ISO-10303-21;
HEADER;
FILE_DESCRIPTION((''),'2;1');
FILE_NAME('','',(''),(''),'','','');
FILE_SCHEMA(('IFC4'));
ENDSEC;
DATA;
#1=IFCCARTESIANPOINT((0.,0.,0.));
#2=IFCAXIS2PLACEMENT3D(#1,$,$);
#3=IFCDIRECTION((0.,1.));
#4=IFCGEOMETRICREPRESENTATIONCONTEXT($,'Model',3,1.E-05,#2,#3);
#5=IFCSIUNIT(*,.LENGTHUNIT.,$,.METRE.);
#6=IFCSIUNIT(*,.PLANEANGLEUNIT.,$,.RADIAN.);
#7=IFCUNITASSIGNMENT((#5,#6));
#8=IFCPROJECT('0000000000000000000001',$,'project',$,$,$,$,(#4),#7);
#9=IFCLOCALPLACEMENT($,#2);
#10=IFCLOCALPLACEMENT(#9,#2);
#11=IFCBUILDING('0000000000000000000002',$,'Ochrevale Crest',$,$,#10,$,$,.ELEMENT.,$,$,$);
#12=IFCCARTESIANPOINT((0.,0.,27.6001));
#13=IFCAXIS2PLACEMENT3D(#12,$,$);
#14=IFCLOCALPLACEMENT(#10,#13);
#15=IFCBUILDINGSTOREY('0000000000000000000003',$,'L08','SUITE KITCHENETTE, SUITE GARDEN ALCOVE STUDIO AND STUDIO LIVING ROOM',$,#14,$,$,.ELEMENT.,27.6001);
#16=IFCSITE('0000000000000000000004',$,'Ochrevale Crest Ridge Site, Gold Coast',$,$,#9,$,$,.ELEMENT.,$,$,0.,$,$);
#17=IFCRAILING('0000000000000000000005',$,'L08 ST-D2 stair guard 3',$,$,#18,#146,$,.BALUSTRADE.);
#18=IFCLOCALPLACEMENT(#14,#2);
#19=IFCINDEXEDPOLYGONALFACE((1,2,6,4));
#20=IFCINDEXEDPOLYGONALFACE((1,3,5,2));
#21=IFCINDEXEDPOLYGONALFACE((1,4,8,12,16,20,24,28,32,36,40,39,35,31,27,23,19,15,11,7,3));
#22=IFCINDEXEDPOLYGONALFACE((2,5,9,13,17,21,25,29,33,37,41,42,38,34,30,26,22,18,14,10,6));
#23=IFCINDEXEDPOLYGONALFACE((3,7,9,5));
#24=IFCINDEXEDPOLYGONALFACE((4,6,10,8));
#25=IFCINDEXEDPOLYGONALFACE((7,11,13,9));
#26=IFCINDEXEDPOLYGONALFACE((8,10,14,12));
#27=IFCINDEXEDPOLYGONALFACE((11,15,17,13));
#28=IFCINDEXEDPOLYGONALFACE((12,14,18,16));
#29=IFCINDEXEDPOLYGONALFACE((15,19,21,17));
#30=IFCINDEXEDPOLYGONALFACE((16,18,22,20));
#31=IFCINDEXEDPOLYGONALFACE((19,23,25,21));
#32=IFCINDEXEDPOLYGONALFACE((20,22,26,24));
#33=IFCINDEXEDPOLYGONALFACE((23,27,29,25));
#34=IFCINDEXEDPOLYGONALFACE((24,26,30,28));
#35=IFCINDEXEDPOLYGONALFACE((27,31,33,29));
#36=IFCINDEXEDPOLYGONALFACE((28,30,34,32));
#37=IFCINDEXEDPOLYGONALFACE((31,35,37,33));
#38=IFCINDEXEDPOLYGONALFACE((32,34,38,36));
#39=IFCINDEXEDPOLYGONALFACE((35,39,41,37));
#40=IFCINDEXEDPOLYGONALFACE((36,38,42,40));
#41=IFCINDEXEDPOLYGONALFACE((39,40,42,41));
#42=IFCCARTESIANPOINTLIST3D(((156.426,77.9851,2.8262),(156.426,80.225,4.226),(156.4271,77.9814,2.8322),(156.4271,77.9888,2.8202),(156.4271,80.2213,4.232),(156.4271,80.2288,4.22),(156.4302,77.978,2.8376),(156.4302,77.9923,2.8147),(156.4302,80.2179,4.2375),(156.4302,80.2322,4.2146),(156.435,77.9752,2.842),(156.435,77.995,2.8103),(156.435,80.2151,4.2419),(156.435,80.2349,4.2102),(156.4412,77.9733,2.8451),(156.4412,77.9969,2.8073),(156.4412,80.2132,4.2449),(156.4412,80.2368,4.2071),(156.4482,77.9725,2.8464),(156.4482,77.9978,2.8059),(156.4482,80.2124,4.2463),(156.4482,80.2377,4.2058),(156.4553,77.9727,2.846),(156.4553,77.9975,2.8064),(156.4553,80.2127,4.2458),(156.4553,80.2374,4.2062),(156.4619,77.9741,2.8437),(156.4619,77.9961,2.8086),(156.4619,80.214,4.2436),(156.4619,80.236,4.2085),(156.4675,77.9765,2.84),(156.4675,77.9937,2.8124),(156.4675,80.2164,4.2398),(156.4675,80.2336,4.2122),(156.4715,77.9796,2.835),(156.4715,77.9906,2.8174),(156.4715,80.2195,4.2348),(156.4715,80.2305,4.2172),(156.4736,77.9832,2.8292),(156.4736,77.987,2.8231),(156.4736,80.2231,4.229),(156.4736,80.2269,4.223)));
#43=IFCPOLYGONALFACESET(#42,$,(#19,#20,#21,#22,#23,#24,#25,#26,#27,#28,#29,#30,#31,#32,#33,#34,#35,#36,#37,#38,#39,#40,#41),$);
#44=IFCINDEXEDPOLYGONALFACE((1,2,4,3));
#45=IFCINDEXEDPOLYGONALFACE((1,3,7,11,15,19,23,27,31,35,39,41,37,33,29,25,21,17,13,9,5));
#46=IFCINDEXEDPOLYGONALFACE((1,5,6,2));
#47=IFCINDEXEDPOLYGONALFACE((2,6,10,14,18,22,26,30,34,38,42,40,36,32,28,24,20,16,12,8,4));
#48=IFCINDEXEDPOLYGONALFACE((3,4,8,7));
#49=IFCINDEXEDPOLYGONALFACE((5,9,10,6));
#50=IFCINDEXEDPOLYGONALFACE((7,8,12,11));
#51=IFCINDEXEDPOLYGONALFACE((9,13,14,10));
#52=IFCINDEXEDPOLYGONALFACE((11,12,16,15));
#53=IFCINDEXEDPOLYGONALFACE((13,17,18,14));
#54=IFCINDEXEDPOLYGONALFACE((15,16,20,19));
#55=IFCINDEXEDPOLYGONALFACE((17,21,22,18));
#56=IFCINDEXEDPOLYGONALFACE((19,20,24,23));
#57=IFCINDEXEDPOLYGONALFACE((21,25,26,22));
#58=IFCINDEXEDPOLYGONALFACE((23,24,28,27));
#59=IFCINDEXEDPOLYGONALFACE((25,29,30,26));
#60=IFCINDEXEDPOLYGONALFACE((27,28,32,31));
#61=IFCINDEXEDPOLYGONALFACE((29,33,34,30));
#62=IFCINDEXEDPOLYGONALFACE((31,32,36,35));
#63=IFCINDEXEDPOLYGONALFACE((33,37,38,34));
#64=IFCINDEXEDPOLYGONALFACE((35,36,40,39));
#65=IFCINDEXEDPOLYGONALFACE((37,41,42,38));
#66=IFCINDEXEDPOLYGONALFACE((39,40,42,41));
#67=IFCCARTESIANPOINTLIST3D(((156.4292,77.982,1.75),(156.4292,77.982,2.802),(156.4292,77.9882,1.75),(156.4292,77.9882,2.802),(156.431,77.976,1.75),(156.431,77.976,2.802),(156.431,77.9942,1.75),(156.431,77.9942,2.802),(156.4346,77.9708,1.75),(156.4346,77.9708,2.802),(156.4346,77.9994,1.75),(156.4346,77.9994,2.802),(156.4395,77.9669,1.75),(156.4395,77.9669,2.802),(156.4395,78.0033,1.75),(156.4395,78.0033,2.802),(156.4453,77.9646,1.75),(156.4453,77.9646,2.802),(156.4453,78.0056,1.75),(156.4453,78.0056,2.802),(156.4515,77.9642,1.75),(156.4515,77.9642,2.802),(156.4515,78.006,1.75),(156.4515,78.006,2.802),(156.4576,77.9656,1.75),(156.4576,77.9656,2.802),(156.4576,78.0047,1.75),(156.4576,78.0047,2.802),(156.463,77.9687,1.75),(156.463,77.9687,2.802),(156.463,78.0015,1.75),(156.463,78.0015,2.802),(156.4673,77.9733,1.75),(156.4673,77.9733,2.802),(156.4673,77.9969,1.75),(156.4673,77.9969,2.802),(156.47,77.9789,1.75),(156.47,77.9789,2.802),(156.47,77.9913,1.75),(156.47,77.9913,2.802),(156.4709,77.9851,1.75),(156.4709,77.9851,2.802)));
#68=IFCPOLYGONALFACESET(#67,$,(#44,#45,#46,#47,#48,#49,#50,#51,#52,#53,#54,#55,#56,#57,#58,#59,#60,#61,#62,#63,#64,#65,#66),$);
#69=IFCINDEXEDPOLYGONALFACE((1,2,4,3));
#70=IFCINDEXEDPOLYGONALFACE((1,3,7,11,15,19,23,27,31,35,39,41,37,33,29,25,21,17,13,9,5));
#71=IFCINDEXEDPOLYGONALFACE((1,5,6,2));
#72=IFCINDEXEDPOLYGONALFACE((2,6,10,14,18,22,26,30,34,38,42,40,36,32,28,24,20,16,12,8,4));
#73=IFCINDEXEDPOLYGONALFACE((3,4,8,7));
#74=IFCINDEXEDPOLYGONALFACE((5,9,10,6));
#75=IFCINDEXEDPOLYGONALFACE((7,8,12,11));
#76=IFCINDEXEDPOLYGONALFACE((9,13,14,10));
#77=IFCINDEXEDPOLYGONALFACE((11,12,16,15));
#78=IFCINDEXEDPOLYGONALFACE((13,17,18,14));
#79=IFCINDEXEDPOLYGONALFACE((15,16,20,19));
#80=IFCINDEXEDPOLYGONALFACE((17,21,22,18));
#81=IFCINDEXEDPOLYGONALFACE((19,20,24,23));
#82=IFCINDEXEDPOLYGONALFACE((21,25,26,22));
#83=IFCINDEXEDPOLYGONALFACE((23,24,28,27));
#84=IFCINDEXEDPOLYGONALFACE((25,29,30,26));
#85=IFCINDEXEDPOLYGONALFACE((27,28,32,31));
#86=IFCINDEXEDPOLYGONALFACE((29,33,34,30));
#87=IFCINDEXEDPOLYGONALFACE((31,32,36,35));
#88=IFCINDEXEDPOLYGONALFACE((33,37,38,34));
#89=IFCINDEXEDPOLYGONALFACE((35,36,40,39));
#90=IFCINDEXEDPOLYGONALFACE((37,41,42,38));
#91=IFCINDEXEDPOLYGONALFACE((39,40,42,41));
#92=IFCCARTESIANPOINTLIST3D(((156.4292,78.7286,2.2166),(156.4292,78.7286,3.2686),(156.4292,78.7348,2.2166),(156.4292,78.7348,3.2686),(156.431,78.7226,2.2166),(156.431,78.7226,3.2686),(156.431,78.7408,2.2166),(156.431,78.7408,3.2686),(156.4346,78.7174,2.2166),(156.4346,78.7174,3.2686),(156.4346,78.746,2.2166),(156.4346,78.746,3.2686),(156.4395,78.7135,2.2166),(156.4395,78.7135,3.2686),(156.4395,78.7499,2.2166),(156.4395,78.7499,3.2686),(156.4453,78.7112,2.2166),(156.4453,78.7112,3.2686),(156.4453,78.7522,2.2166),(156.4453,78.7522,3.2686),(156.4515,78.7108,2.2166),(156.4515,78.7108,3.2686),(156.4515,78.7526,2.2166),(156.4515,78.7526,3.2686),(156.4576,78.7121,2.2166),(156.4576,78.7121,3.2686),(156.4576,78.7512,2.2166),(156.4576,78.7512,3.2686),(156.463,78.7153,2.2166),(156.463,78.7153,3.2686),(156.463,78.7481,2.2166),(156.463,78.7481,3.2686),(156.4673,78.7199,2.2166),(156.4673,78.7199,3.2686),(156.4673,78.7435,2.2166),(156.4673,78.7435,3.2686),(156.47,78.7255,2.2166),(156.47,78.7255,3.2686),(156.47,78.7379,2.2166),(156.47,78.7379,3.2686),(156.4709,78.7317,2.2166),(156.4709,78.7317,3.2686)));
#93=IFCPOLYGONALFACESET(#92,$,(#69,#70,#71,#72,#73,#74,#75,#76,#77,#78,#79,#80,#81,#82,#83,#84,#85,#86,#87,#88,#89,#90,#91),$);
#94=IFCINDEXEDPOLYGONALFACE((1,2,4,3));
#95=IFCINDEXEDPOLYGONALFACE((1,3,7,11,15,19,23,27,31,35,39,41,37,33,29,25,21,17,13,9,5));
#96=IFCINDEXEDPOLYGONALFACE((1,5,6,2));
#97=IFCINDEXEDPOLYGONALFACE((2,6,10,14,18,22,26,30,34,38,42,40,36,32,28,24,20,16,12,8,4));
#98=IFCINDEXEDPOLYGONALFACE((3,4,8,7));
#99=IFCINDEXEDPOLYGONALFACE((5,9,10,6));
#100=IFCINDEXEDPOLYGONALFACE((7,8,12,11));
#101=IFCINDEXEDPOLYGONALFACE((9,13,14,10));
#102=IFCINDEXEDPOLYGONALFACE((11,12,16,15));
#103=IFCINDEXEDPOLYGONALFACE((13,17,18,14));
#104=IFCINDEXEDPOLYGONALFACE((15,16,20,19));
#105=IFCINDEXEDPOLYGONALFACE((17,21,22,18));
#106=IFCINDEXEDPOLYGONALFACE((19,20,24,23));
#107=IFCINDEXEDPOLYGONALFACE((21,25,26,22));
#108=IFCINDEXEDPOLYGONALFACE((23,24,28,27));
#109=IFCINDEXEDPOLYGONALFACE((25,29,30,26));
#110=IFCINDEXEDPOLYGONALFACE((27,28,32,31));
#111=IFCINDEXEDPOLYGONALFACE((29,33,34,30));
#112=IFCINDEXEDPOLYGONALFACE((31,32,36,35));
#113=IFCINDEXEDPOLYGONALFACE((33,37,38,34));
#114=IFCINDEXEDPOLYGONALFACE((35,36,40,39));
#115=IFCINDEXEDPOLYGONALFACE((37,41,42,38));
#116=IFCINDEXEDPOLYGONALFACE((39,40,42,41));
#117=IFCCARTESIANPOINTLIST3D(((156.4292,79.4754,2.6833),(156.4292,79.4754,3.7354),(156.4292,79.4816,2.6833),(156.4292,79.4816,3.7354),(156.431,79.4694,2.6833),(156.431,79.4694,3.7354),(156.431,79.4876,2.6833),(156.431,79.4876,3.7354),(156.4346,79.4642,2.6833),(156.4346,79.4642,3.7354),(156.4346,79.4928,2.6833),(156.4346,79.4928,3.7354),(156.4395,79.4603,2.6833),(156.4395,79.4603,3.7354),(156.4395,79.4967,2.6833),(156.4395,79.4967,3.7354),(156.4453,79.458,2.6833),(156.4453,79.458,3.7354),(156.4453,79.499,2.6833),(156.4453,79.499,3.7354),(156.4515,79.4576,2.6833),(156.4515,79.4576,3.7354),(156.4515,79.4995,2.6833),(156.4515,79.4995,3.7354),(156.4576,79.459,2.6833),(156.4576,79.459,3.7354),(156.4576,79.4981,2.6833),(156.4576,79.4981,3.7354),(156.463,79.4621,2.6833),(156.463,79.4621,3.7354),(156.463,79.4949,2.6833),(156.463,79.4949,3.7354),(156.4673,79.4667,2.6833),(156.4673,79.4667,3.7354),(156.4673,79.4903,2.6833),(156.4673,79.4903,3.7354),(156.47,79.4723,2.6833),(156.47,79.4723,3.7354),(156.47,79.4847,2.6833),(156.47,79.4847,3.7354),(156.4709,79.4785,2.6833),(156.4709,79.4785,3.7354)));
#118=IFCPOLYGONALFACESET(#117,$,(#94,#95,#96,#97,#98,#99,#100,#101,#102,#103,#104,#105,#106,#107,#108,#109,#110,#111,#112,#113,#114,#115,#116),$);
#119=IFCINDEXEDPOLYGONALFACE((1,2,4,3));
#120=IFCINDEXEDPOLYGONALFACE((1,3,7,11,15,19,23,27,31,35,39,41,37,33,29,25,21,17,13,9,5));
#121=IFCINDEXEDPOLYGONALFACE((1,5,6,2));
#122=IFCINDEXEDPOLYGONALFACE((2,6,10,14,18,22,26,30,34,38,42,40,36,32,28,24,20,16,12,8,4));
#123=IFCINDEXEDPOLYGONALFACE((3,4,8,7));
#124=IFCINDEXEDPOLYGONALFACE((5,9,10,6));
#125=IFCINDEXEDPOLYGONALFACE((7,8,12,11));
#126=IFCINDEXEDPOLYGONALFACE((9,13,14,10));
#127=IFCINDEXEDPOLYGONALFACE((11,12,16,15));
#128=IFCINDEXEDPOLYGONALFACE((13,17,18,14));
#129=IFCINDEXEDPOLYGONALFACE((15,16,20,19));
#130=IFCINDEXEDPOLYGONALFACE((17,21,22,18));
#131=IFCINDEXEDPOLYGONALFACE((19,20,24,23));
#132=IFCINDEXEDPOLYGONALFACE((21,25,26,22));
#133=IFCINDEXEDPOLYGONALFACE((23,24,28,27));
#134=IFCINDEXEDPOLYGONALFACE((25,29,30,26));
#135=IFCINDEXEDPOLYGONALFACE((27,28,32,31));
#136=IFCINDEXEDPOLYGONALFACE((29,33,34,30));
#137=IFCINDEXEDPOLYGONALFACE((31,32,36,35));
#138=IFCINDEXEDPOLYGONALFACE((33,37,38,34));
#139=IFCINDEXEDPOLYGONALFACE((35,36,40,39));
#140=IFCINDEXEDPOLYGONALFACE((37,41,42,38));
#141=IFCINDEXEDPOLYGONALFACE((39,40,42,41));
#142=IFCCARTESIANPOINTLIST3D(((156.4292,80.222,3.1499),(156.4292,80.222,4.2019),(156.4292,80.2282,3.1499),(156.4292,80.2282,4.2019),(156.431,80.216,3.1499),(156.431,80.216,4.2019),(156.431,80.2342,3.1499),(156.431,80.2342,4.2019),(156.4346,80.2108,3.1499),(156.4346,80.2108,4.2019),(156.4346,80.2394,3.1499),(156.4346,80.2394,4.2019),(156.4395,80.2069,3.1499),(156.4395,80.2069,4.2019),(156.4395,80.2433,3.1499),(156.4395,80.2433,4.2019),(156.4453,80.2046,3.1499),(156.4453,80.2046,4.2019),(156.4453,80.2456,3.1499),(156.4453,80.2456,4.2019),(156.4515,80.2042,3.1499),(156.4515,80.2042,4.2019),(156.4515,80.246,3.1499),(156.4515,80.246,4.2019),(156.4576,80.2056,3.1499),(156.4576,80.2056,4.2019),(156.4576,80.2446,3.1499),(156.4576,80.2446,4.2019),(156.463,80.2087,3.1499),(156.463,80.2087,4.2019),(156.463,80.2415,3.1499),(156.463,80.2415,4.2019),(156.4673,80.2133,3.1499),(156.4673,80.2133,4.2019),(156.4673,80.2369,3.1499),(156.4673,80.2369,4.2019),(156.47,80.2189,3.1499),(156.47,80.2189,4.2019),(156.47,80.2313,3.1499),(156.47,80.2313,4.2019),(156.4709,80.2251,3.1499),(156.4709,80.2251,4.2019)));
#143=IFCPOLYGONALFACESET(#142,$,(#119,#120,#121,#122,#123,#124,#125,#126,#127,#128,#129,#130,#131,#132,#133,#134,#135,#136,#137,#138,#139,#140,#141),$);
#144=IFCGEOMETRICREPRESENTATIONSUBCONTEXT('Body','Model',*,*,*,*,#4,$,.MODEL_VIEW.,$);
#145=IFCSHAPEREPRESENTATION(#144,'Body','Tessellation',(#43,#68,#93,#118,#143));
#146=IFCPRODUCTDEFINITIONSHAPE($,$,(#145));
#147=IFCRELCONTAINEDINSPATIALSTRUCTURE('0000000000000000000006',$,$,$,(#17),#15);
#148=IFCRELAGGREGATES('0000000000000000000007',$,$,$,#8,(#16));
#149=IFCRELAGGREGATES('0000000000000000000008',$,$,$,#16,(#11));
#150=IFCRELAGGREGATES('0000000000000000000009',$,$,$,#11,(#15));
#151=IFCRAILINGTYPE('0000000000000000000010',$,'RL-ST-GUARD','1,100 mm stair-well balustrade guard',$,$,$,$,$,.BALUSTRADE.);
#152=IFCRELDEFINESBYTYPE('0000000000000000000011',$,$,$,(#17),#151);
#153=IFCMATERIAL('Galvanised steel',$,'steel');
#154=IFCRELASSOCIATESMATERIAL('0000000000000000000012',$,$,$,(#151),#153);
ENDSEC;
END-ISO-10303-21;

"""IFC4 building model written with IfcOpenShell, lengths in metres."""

from ifc_helpers import new_model, si_unit, direction, frame, origin, origin_2d, place, context, subcontext, project, spatial, circle, extrude, material, type_object, element, save


model = new_model("IFC4")

# Units and contexts
model_context = context("Model", 3, precision=1e-05, world=origin(), true_north=direction((0.0, 1.0)))
body_context = subcontext(model_context, "Body", "Model", "MODEL_VIEW")
ifc_project = project(units=[si_unit("LENGTHUNIT", "METRE"), si_unit("PLANEANGLEUNIT", "RADIAN")], contexts=[model_context])

# Site, building, storey
site_placement = place(None, origin())
site = spatial("IfcSite", under=ifc_project, at=site_placement, Name="Ochrevale Crest Ridge Site, Gold Coast", CompositionType="ELEMENT", RefElevation=0.0)
building_placement = place(site_placement, origin())
building = spatial("IfcBuilding", under=site, at=building_placement, Name="Ochrevale Crest", CompositionType="ELEMENT")
storey_placement = place(building_placement, frame((0.0, 0.0, 27.6001)))
storey = spatial("IfcBuildingStorey", under=building, at=storey_placement, Name="L08", Description="SUITE KITCHENETTE, SUITE GARDEN ALCOVE STUDIO AND STUDIO LIVING ROOM", CompositionType="ELEMENT", Elevation=27.6001)

# Railing
ifc_material_1 = material(Name="Galvanised steel", Category="steel")
railing_type_1 = type_object("IfcRailingType", Name="RL-ST-GUARD", Description="1,100 mm stair-well balustrade guard", PredefinedType="BALUSTRADE", material=ifc_material_1)
railing_1_placement = place(storey_placement, frame((156.45, 77.9851, 1.75)))
element("IfcRailing", 1, at=railing_1_placement, inside=storey, type_object=railing_type_1, Name="L08 ST-D2 stair guard 3", PredefinedType="BALUSTRADE", context=body_context, shape_type="SweptSolid", body=[
    extrude(circle(Radius=0.0239, at=origin_2d()), frame((0.0, 0.0, 1.0762), z_axis=(0.0, 0.848014, 0.529974), x_axis=(-1.0, 0.0, 0.0)), (0.0, 0.0, 1.0), 2.6414),
    extrude(circle(Radius=0.021, at=origin_2d()), origin(), (0.0, 0.0, 1.0), 1.052),
    extrude(circle(Radius=0.021, at=origin_2d()), frame((0.0, 0.7466, 0.4666)), (0.0, 0.0, 1.0), 1.052),
    extrude(circle(Radius=0.021, at=origin_2d()), frame((0.0, 1.4934, 0.9333)), (0.0, 0.0, 1.0), 1.052),
    extrude(circle(Radius=0.021, at=origin_2d()), frame((0.0, 2.24, 1.3999)), (0.0, 0.0, 1.0), 1.052),
])

save(model, "model.ifc")
